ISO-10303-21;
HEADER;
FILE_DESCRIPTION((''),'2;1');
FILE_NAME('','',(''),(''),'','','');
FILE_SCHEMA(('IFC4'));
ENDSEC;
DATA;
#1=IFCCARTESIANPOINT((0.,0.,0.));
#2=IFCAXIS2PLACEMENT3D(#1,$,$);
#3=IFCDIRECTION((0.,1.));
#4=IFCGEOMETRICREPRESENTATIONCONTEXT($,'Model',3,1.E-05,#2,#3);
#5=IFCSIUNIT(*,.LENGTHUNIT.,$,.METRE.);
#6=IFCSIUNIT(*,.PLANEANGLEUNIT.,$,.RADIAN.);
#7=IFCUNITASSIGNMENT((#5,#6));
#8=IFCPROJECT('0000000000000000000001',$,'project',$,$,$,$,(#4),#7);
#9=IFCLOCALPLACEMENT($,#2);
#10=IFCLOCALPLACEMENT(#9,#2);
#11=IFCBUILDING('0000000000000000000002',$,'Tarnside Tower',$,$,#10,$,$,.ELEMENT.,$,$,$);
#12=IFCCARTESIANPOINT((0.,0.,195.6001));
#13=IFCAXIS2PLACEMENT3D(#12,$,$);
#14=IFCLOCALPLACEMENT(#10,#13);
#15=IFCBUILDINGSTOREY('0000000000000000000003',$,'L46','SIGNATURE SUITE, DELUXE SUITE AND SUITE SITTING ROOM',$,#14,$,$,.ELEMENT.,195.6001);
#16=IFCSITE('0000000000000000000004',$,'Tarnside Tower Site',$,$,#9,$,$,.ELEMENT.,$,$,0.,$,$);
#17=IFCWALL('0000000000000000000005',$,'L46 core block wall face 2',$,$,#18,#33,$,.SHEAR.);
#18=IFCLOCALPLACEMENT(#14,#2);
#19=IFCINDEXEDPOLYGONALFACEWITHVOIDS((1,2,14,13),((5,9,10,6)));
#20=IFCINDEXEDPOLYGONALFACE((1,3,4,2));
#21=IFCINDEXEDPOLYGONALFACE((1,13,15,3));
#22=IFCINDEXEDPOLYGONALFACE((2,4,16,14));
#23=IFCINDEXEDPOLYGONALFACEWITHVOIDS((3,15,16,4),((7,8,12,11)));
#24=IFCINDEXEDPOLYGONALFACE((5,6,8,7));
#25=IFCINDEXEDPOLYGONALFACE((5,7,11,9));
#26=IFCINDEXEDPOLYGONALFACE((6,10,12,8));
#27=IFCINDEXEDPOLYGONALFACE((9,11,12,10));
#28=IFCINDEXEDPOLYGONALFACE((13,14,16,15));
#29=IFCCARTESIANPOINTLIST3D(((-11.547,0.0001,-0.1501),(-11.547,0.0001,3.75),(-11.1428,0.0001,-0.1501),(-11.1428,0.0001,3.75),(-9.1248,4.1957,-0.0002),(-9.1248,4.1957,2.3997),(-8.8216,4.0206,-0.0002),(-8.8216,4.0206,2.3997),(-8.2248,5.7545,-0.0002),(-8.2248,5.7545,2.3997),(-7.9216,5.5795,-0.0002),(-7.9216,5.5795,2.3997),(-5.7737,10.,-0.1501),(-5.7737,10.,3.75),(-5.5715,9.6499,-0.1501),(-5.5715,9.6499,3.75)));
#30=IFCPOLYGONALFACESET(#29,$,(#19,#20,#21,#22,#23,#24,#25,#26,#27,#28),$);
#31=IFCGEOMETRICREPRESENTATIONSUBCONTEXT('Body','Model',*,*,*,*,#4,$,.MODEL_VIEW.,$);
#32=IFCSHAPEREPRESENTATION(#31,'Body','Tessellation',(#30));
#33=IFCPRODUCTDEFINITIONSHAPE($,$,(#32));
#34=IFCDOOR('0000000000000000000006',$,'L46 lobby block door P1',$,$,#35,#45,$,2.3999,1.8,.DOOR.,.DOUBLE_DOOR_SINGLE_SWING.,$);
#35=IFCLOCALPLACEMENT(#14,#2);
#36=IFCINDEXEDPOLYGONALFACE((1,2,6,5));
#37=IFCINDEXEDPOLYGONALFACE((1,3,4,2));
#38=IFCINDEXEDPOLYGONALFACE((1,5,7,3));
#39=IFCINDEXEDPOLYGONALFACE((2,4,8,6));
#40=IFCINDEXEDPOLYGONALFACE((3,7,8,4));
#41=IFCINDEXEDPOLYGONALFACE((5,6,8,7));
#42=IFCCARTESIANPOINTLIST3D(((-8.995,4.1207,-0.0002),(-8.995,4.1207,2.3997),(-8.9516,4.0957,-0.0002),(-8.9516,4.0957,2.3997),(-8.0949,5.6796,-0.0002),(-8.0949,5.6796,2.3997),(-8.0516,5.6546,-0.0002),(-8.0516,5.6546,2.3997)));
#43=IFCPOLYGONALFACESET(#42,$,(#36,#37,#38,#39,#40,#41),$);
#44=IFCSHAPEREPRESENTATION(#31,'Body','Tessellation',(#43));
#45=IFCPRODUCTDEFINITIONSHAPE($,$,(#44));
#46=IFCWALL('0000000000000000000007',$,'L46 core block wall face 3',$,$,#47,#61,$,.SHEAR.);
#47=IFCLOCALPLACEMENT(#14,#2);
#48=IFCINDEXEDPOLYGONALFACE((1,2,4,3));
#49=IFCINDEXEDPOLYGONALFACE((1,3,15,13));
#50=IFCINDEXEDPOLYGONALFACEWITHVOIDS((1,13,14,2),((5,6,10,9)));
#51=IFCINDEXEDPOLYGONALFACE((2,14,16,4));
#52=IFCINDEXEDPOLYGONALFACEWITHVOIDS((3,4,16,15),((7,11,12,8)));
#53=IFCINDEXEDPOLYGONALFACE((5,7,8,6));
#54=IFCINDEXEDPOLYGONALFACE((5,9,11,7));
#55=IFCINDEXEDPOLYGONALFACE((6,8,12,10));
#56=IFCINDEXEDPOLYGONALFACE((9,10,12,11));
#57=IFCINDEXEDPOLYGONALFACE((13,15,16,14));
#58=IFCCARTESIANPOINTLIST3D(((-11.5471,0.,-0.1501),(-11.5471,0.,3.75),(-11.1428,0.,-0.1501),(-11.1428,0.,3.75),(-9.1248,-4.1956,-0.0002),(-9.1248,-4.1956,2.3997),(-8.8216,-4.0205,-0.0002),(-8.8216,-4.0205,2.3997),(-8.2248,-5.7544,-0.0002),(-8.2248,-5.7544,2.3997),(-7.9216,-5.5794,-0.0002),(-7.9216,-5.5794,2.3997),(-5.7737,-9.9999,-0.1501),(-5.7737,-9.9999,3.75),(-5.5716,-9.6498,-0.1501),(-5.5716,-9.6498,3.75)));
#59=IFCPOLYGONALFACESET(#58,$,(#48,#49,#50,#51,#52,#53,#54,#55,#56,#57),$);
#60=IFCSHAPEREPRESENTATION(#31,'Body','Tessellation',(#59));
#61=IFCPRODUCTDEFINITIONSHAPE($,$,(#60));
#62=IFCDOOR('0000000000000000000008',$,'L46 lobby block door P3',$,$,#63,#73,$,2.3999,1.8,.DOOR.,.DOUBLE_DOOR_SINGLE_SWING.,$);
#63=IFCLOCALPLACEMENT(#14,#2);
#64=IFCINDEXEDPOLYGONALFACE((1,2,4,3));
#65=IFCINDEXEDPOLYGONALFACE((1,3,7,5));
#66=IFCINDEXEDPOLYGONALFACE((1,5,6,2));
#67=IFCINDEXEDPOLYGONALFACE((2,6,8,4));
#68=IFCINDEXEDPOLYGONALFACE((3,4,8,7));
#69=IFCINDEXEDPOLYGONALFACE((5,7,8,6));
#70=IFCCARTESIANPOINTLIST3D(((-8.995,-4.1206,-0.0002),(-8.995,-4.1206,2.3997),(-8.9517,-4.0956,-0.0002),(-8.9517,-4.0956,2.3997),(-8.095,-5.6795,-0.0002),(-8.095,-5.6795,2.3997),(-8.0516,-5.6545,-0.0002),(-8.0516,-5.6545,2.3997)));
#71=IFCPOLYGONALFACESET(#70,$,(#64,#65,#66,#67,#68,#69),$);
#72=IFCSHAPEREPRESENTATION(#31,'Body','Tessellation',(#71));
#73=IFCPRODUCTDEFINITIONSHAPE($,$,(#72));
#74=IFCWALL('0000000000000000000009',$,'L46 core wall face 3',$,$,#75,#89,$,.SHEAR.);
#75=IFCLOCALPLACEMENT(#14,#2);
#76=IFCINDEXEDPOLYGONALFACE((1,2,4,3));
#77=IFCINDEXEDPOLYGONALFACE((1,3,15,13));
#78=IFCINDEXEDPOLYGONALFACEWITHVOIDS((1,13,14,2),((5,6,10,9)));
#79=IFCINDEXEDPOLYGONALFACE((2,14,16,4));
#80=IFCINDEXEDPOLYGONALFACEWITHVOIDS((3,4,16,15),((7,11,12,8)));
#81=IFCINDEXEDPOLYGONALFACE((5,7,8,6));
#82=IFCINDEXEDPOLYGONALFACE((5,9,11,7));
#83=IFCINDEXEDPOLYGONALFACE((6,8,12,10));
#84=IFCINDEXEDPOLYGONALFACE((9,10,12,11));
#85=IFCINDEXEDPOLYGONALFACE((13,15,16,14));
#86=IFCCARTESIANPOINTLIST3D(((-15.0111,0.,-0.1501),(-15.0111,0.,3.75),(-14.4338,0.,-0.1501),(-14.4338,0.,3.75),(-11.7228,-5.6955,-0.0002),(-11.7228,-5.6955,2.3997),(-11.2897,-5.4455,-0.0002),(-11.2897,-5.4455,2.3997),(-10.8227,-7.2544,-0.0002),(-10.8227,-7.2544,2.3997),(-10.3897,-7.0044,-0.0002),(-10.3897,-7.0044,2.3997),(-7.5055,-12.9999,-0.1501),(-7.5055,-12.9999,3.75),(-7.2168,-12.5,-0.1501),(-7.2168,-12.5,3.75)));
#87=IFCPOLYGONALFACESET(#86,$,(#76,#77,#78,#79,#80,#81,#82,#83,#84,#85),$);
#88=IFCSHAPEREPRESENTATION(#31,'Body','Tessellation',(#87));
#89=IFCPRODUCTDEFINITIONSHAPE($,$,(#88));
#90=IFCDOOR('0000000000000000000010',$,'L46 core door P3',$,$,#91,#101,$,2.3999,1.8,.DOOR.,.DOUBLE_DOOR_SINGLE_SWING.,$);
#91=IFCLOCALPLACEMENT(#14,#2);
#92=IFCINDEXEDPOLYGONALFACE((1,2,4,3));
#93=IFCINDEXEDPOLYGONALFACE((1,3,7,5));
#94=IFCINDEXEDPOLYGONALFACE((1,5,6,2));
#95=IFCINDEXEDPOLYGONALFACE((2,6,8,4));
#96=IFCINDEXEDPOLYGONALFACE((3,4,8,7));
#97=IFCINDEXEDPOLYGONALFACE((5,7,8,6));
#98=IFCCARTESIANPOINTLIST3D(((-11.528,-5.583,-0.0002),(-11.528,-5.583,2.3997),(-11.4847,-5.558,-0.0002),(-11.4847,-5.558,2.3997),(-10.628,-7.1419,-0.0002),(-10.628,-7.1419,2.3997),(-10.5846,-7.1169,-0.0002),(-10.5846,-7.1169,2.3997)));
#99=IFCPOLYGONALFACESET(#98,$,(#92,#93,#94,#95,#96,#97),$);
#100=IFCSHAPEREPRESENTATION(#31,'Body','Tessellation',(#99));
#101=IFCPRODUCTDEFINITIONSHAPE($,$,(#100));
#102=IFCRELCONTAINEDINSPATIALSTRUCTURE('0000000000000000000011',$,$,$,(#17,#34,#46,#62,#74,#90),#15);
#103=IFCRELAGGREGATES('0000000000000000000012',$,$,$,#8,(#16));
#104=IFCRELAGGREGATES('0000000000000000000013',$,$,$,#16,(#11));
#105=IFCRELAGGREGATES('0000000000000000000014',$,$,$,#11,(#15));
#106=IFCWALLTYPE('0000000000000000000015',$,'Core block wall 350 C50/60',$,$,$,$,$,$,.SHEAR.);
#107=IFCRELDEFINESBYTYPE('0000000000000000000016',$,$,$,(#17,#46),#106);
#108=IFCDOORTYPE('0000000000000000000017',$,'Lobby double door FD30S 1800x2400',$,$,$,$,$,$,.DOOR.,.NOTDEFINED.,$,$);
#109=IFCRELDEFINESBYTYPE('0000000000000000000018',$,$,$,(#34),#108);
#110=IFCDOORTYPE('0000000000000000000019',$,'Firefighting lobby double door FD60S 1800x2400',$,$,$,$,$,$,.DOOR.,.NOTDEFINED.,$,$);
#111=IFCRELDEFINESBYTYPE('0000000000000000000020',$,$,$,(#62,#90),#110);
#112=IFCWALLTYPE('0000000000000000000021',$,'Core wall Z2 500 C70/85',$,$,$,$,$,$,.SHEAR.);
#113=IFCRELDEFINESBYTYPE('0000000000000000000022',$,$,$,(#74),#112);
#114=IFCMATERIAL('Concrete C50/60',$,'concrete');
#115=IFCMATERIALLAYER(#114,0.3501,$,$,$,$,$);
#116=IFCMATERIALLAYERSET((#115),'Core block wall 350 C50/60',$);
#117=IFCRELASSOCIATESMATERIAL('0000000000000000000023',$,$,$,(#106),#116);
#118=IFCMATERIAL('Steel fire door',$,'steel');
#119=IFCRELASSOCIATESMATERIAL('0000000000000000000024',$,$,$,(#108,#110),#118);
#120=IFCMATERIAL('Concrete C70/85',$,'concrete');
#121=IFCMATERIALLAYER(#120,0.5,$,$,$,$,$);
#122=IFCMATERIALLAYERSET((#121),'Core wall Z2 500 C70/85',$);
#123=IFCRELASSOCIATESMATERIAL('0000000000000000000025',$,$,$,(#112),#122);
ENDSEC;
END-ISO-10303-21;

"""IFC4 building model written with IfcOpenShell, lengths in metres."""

from ifc_helpers import new_model, si_unit, direction, frame, frame_2d, origin, place, context, subcontext, project, spatial, polyline, rectangle, outline, extrude, material, layer, layer_set, type_object, element, fill, save


model = new_model("IFC4")

# Units and contexts
model_context = context("Model", 3, precision=1e-05, world=origin(), true_north=direction((0.0, 1.0)))
body_context = subcontext(model_context, "Body", "Model", "MODEL_VIEW")
ifc_project = project(units=[si_unit("LENGTHUNIT", "METRE"), si_unit("PLANEANGLEUNIT", "RADIAN")], contexts=[model_context])

# Site, building, storey
site_placement = place(None, origin())
site = spatial("IfcSite", under=ifc_project, at=site_placement, Name="Tarnside Tower Site", CompositionType="ELEMENT", RefElevation=0.0)
building_placement = place(site_placement, origin())
building = spatial("IfcBuilding", under=site, at=building_placement, Name="Tarnside Tower", CompositionType="ELEMENT")
storey_placement = place(building_placement, frame((0.0, 0.0, 195.6001)))
storey = spatial("IfcBuildingStorey", under=building, at=storey_placement, Name="L46", Description="SIGNATURE SUITE, DELUXE SUITE AND SUITE SITTING ROOM", CompositionType="ELEMENT", Elevation=195.6001)

# Walls, openings, doors
ifc_material_1 = material(Name="Concrete C50/60", Category="concrete")
ifc_layer_1 = layer(ifc_material_1, 0.3501)
ifc_layer_set_1 = layer_set([ifc_layer_1], Name="Core block wall 350 C50/60")
wall_type_1 = type_object("IfcWallType", Name="Core block wall 350 C50/60", PredefinedType="SHEAR", material=ifc_layer_set_1)
wall_1_placement = place(storey_placement, frame((-5.6726, 9.825, -0.1501), z_axis=(0.0, 0.0, 1.0), x_axis=(-0.499995, -0.866028, 0.0)))
wall_1 = element("IfcWall", 1, at=wall_1_placement, inside=storey, type_object=wall_type_1, Name="L46 core block wall face 2", PredefinedType="SHEAR", context=body_context, shape_type="SweptSolid", body=[
    extrude(outline(polyline([(-0.1011, -0.175), (11.4458, -0.175), (11.2437, 0.175), (0.1011, 0.175), (-0.1011, -0.175)])), origin(), (0.0, 0.0, 1.0), 3.9001),
])
opening_1_placement = place(wall_1_placement, frame((4.8013, 0.0, 0.1499)))
opening_1 = element("IfcOpeningElement", 2, at=opening_1_placement, cuts=wall_1, PredefinedType="OPENING", context=body_context, shape_type="SweptSolid", body=[
    extrude(rectangle(XDim=1.8, YDim=2.3999, at=frame_2d((0.8999, 1.2))), frame((0.0, 0.1851, 0.0), z_axis=(0.0, -1.0, 0.0), x_axis=(1.0, 0.0, 0.0)), (0.0, 0.0, 1.0), 0.3701),
])
ifc_material_2 = material(Name="Steel fire door", Category="steel")
door_type_1 = type_object("IfcDoorType", Name="Lobby double door FD30S 1800x2400", OperationType="NOTDEFINED", PredefinedType="DOOR", material=ifc_material_2)
door_1_placement = place(opening_1_placement, origin())
door_1 = element("IfcDoor", 3, at=door_1_placement, inside=storey, type_object=door_type_1, Name="L46 lobby block door P1", OperationType="DOUBLE_DOOR_SINGLE_SWING", OverallHeight=2.3999, OverallWidth=1.8, PredefinedType="DOOR", context=body_context, shape_type="SweptSolid", body=[
    extrude(rectangle(XDim=1.8, YDim=2.3999, at=frame_2d((0.8999, 1.2))), frame((0.0, 0.0249, 0.0), z_axis=(0.0, -1.0, 0.0), x_axis=(1.0, 0.0, 0.0)), (0.0, 0.0, 1.0), 0.05),
])
fill(opening_1, door_1)
wall_2_placement = place(storey_placement, frame((-11.345, 0.0, -0.1501), z_axis=(0.0, 0.0, 1.0), x_axis=(0.499995, -0.866028, 0.0)))
wall_2 = element("IfcWall", 4, at=wall_2_placement, inside=storey, type_object=wall_type_1, Name="L46 core block wall face 3", PredefinedType="SHEAR", context=body_context, shape_type="SweptSolid", body=[
    extrude(outline(polyline([(-0.1011, -0.175), (11.4458, -0.175), (11.2437, 0.175), (0.1011, 0.175), (-0.1011, -0.175)])), origin(), (0.0, 0.0, 1.0), 3.9001),
])
opening_2_placement = place(wall_2_placement, frame((4.7437, 0.0, 0.1499)))
opening_2 = element("IfcOpeningElement", 5, at=opening_2_placement, cuts=wall_2, PredefinedType="OPENING", context=body_context, shape_type="SweptSolid", body=[
    extrude(rectangle(XDim=1.8, YDim=2.3999, at=frame_2d((0.8999, 1.2))), frame((0.0, 0.1851, 0.0), z_axis=(0.0, -1.0, 0.0), x_axis=(1.0, 0.0, 0.0)), (0.0, 0.0, 1.0), 0.3701),
])
door_type_2 = type_object("IfcDoorType", Name="Firefighting lobby double door FD60S 1800x2400", OperationType="NOTDEFINED", PredefinedType="DOOR", material=ifc_material_2)
door_2_placement = place(opening_2_placement, origin())
door_2 = element("IfcDoor", 6, at=door_2_placement, inside=storey, type_object=door_type_2, Name="L46 lobby block door P3", OperationType="DOUBLE_DOOR_SINGLE_SWING", OverallHeight=2.3999, OverallWidth=1.8, PredefinedType="DOOR", context=body_context, shape_type="SweptSolid", body=[
    extrude(rectangle(XDim=1.8, YDim=2.3999, at=frame_2d((0.8999, 1.2))), frame((0.0, 0.0249, 0.0), z_axis=(0.0, -1.0, 0.0), x_axis=(1.0, 0.0, 0.0)), (0.0, 0.0, 1.0), 0.05),
])
fill(opening_2, door_2)
ifc_material_3 = material(Name="Concrete C70/85", Category="concrete")
ifc_layer_2 = layer(ifc_material_3, 0.5)
ifc_layer_set_2 = layer_set([ifc_layer_2], Name="Core wall Z2 500 C70/85")
wall_type_2 = type_object("IfcWallType", Name="Core wall Z2 500 C70/85", PredefinedType="SHEAR", material=ifc_layer_set_2)
wall_3_placement = place(storey_placement, frame((-14.7224, 0.0, -0.1501), z_axis=(0.0, 0.0, 1.0), x_axis=(0.500006, -0.866022, 0.0)))
wall_3 = element("IfcWall", 7, at=wall_3_placement, inside=storey, type_object=wall_type_2, Name="L46 core wall face 3", PredefinedType="SHEAR", context=body_context, shape_type="SweptSolid", body=[
    extrude(outline(polyline([(-0.1443, -0.25), (14.8667, -0.25), (14.5781, 0.25), (0.1443, 0.25), (-0.1443, -0.25)])), origin(), (0.0, 0.0, 1.0), 3.9001),
])
opening_3_placement = place(wall_3_placement, frame((6.4324, 0.0, 0.1499)))
opening_3 = element("IfcOpeningElement", 8, at=opening_3_placement, cuts=wall_3, PredefinedType="OPENING", context=body_context, shape_type="SweptSolid", body=[
    extrude(rectangle(XDim=1.8, YDim=2.3999, at=frame_2d((0.8999, 1.2))), frame((0.0, 0.26, 0.0), z_axis=(0.0, -1.0, 0.0), x_axis=(1.0, 0.0, 0.0)), (0.0, 0.0, 1.0), 0.52),
])
door_3_placement = place(opening_3_placement, origin())
door_3 = element("IfcDoor", 9, at=door_3_placement, inside=storey, type_object=door_type_2, Name="L46 core door P3", OperationType="DOUBLE_DOOR_SINGLE_SWING", OverallHeight=2.3999, OverallWidth=1.8, PredefinedType="DOOR", context=body_context, shape_type="SweptSolid", body=[
    extrude(rectangle(XDim=1.8, YDim=2.3999, at=frame_2d((0.8999, 1.2))), frame((0.0, 0.0249, 0.0), z_axis=(0.0, -1.0, 0.0), x_axis=(1.0, 0.0, 0.0)), (0.0, 0.0, 1.0), 0.05),
])
fill(opening_3, door_3)

save(model, "model.ifc")
